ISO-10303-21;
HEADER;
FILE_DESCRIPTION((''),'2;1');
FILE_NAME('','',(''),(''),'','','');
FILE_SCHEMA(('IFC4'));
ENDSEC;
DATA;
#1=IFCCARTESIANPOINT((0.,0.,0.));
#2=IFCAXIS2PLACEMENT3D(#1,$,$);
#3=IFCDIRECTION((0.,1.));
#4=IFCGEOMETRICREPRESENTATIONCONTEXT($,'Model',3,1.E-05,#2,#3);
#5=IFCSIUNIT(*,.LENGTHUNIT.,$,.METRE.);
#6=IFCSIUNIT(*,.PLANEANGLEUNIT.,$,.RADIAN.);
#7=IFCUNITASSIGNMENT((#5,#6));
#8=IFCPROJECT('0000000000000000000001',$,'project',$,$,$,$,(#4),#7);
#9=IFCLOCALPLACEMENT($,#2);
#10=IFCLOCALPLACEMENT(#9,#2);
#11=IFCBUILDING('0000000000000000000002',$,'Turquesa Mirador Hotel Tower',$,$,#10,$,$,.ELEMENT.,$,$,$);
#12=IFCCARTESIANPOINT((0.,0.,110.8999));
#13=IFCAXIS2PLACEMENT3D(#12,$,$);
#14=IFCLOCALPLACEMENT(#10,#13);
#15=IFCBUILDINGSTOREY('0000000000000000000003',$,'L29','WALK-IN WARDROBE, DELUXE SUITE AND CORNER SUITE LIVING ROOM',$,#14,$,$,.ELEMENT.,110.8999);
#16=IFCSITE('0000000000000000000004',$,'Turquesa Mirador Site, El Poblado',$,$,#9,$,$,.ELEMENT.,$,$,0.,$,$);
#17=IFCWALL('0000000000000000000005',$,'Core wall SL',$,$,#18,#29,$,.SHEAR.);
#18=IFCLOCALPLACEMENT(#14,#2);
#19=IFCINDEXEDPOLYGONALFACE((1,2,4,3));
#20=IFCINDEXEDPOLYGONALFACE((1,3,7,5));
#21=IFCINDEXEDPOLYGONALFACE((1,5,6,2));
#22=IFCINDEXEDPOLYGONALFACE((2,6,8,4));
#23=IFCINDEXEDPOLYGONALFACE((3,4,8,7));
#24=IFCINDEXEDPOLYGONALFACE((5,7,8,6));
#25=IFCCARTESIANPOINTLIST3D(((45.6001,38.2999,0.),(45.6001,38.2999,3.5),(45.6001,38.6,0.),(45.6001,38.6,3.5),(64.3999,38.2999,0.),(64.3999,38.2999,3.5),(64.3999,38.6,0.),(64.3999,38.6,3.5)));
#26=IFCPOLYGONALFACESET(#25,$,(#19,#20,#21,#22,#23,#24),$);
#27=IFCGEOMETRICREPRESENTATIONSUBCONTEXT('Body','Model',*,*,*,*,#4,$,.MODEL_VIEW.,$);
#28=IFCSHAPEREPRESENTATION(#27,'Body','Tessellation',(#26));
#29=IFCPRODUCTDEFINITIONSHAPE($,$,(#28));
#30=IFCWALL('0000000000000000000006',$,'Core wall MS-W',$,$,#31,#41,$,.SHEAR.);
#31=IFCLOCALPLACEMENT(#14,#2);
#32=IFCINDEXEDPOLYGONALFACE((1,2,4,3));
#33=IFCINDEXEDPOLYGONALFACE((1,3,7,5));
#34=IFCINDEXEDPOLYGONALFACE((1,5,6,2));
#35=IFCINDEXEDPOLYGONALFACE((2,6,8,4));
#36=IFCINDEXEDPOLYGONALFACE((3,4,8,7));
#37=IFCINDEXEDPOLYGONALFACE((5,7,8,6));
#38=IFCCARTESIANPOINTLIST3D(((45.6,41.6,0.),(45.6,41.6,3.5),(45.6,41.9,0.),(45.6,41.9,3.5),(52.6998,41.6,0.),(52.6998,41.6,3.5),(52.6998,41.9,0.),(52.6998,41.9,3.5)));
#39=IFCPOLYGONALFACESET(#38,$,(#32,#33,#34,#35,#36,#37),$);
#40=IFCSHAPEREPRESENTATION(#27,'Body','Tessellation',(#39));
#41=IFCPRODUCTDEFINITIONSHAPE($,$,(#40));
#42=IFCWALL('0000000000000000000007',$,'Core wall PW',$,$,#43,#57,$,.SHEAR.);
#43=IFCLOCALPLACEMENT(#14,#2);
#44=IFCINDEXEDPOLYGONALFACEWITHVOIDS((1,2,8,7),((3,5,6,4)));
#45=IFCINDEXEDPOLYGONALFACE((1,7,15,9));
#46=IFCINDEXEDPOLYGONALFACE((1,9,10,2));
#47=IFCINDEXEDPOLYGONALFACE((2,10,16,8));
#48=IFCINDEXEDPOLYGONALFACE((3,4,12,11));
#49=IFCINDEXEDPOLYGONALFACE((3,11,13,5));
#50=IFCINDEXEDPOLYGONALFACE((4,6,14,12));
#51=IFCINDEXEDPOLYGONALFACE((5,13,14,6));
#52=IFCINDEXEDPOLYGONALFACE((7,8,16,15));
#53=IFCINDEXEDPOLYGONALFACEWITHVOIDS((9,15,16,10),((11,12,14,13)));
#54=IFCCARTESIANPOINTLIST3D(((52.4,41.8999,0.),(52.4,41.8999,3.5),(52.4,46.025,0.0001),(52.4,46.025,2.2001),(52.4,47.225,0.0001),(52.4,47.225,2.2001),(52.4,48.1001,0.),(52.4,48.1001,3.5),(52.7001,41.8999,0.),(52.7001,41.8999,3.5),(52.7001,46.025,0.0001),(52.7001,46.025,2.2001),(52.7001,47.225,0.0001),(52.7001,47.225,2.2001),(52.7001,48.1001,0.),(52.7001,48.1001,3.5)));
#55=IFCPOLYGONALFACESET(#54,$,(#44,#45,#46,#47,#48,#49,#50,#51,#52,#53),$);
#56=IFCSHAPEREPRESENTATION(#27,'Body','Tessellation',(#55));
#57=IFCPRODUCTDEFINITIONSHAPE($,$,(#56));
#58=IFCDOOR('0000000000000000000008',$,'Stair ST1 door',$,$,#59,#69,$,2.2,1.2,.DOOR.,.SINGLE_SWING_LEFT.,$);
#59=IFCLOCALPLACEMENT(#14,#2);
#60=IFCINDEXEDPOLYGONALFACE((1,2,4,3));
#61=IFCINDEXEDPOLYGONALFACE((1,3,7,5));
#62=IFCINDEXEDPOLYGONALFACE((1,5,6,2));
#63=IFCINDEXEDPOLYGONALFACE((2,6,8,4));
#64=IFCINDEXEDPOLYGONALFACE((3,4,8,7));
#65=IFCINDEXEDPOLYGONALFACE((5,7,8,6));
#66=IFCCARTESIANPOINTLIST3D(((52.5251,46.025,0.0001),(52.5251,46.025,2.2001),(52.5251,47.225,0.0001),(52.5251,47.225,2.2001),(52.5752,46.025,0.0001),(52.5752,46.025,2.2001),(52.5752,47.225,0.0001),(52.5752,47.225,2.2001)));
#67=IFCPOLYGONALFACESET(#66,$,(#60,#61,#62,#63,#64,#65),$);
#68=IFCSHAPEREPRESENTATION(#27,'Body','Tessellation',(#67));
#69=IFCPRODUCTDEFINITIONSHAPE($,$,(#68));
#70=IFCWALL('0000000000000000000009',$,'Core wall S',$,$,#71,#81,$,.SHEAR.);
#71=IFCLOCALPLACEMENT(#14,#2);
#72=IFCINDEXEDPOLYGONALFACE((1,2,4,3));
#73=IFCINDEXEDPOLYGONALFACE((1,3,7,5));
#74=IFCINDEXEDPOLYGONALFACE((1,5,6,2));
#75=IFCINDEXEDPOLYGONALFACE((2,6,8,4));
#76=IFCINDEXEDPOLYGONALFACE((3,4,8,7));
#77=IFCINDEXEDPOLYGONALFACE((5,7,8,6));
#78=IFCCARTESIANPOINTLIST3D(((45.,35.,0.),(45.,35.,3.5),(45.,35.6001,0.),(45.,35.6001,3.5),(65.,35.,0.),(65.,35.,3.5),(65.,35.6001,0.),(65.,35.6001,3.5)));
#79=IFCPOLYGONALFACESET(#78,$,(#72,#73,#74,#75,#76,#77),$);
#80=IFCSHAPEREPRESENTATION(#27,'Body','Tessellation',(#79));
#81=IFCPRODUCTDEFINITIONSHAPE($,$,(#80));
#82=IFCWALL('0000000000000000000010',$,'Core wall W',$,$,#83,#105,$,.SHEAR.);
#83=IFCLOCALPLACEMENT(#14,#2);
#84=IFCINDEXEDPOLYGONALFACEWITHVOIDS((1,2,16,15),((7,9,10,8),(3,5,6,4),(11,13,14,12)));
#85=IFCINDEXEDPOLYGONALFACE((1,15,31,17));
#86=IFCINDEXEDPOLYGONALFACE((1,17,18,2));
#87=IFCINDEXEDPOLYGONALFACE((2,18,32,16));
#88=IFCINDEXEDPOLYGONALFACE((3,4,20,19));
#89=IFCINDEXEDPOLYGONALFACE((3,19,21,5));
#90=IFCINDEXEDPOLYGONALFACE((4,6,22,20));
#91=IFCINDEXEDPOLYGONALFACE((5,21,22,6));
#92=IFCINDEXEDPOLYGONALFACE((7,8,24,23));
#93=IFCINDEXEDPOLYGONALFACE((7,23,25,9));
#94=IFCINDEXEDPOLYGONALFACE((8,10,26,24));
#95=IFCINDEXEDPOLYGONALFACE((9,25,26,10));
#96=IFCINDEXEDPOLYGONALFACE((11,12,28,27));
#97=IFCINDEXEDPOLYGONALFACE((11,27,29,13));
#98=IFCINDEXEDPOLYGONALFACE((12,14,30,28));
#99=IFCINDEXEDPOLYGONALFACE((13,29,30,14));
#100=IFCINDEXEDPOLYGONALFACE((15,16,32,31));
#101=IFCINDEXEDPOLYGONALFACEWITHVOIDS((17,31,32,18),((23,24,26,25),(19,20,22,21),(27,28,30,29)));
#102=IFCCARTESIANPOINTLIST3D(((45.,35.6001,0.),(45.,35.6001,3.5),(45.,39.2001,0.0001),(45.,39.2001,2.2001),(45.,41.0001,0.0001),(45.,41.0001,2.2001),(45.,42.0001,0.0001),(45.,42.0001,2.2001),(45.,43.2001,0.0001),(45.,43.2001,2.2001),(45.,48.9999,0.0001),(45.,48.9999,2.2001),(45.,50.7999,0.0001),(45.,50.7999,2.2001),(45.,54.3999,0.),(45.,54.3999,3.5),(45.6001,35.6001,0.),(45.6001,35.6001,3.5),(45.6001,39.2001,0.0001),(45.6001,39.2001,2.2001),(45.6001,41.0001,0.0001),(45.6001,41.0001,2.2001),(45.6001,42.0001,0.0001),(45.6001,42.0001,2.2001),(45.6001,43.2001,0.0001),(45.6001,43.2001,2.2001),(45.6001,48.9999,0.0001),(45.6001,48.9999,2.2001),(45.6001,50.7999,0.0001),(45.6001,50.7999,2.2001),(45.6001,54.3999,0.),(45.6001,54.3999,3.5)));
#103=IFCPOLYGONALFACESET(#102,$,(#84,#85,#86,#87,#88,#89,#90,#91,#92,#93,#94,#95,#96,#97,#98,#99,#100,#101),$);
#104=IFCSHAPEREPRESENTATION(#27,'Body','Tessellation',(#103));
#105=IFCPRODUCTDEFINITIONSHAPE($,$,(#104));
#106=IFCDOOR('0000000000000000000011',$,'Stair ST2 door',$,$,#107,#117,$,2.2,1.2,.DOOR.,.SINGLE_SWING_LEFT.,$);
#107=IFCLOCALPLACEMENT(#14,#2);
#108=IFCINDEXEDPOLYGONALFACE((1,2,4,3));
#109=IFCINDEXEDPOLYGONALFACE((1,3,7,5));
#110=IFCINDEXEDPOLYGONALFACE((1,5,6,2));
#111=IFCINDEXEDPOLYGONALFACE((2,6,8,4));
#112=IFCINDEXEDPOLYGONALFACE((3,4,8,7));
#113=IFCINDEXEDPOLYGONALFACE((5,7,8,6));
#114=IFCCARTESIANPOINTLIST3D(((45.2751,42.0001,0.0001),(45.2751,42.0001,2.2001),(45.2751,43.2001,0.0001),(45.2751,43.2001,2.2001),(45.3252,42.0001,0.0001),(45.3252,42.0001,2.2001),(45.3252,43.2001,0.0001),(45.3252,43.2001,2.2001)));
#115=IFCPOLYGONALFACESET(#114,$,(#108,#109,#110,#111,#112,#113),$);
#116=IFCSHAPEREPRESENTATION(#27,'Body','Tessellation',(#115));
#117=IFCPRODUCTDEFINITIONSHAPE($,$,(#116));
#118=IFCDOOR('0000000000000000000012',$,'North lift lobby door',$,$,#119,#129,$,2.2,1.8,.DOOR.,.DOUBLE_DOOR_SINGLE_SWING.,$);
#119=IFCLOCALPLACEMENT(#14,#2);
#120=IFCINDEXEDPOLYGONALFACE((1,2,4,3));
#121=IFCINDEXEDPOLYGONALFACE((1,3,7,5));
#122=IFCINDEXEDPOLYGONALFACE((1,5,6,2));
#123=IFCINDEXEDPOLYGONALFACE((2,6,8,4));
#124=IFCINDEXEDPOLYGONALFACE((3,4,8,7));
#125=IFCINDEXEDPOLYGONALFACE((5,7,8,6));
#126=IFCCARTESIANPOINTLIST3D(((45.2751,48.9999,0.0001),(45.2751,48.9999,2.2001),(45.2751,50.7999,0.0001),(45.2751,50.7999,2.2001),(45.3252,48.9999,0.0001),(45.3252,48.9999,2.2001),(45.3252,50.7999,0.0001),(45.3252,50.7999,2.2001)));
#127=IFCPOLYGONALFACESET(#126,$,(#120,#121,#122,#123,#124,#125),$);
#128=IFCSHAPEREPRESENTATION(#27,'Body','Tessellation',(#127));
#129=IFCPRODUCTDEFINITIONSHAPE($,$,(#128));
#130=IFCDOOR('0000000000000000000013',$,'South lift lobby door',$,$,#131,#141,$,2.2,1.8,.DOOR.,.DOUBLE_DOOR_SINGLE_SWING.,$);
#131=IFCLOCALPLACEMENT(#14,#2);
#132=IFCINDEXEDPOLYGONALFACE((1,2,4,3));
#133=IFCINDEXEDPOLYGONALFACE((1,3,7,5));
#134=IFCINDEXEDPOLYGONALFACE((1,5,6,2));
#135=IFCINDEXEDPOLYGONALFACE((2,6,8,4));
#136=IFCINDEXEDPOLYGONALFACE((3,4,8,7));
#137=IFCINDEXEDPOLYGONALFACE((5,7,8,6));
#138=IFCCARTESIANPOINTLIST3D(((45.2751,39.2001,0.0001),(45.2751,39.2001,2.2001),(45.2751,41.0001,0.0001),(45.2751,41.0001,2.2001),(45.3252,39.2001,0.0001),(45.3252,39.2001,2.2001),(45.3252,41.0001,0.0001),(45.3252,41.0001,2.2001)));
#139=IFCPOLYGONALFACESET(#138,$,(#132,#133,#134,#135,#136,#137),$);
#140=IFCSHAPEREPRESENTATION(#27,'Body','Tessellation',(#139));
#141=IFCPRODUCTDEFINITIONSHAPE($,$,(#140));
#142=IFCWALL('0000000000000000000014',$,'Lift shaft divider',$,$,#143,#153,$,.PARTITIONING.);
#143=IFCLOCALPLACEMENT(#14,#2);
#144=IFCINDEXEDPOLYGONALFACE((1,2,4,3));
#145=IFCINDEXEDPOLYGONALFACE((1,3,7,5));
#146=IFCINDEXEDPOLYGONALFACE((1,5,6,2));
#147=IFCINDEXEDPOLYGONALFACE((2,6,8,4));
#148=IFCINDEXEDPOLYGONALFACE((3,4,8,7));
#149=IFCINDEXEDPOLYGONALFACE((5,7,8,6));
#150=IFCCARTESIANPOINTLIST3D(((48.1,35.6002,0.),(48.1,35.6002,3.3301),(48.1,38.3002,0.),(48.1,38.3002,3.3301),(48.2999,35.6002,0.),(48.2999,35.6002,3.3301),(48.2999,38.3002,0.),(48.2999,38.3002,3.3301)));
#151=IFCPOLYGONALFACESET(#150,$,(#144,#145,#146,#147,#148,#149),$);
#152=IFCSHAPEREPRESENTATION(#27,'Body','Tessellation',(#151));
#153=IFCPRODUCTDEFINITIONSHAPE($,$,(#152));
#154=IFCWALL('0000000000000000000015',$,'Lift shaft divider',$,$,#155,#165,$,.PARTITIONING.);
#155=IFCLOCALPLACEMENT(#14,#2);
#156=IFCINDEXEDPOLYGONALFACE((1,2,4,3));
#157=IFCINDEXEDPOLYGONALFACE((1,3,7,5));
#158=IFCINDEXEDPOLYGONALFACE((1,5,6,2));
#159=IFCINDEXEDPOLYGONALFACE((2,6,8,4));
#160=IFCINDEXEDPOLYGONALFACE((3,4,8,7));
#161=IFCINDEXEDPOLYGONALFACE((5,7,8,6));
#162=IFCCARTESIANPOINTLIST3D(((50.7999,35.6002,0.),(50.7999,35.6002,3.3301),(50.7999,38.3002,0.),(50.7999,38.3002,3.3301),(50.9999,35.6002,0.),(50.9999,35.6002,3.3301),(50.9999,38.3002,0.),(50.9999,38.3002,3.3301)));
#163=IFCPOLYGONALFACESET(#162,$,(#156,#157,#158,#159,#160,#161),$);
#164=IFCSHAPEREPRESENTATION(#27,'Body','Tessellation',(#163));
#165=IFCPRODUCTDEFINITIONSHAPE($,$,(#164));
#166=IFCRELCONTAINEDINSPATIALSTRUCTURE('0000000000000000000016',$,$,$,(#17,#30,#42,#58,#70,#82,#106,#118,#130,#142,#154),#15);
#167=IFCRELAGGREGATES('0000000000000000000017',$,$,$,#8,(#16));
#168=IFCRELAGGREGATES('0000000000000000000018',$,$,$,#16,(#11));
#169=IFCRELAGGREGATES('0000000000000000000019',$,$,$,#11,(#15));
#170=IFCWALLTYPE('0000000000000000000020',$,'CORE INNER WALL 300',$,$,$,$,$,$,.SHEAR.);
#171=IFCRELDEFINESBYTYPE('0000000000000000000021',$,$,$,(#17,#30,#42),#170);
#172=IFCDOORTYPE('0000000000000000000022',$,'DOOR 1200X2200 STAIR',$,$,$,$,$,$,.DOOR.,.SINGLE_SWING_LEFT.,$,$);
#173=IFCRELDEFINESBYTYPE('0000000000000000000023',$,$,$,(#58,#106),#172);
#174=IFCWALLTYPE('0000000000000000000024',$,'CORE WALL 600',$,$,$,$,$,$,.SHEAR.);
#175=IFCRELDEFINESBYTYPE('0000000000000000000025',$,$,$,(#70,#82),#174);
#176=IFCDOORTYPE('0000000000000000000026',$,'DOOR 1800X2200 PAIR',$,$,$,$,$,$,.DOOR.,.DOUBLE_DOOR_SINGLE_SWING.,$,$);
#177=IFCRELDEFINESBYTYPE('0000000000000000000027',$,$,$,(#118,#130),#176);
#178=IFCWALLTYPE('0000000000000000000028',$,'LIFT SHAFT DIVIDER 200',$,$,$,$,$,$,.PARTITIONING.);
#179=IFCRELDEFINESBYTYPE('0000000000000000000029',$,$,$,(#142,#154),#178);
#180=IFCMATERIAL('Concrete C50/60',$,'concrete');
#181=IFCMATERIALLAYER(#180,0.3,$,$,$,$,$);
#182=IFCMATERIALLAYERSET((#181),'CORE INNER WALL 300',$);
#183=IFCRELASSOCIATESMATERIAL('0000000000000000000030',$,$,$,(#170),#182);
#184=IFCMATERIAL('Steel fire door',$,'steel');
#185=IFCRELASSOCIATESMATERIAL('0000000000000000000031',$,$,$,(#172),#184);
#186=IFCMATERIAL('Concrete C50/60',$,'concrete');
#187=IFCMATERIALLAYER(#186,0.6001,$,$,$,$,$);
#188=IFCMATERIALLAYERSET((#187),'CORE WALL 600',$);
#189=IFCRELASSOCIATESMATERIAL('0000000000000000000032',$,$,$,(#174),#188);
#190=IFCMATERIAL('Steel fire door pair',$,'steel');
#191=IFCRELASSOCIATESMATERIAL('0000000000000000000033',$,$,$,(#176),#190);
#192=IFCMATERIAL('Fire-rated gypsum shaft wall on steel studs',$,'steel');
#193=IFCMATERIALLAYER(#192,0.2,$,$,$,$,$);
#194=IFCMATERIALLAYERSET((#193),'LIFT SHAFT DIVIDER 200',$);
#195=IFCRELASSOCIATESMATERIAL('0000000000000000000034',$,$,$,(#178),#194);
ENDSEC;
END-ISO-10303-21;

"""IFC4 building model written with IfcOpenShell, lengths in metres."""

from ifc_helpers import new_model, si_unit, direction, frame, frame_2d, origin, place, context, subcontext, project, spatial, rectangle, extrude, material, layer, layer_set, type_object, element, fill, save


model = new_model("IFC4")

# Units and contexts
model_context = context("Model", 3, precision=1e-05, world=origin(), true_north=direction((0.0, 1.0)))
body_context = subcontext(model_context, "Body", "Model", "MODEL_VIEW")
ifc_project = project(units=[si_unit("LENGTHUNIT", "METRE"), si_unit("PLANEANGLEUNIT", "RADIAN")], contexts=[model_context])

# Site, building, storey
site_placement = place(None, origin())
site = spatial("IfcSite", under=ifc_project, at=site_placement, Name="Turquesa Mirador Site, El Poblado", CompositionType="ELEMENT", RefElevation=0.0)
building_placement = place(site_placement, origin())
building = spatial("IfcBuilding", under=site, at=building_placement, Name="Turquesa Mirador Hotel Tower", CompositionType="ELEMENT")
storey_placement = place(building_placement, frame((0.0, 0.0, 110.8999)))
storey = spatial("IfcBuildingStorey", under=building, at=storey_placement, Name="L29", Description="WALK-IN WARDROBE, DELUXE SUITE AND CORNER SUITE LIVING ROOM", CompositionType="ELEMENT", Elevation=110.8999)

# Walls
ifc_material_1 = material(Name="Concrete C50/60", Category="concrete")
ifc_layer_1 = layer(ifc_material_1, 0.3)
ifc_layer_set_1 = layer_set([ifc_layer_1], Name="CORE INNER WALL 300")
wall_type_1 = type_object("IfcWallType", Name="CORE INNER WALL 300", PredefinedType="SHEAR", material=ifc_layer_set_1)
wall_1_placement = place(storey_placement, frame((45.6001, 38.45, 0.0), z_axis=(0.0, 0.0, 1.0), x_axis=(1.0, 0.0, 0.0)))
element("IfcWall", 1, at=wall_1_placement, inside=storey, type_object=wall_type_1, Name="Core wall SL", PredefinedType="SHEAR", context=body_context, shape_type="SweptSolid", body=[
    extrude(rectangle(XDim=18.7998, YDim=0.3, at=frame_2d((9.3999, 0.0))), origin(), (0.0, 0.0, 1.0), 3.5),
])
wall_2_placement = place(storey_placement, frame((45.6001, 41.75, 0.0), z_axis=(0.0, 0.0, 1.0), x_axis=(1.0, 0.0, 0.0)))
element("IfcWall", 2, at=wall_2_placement, inside=storey, type_object=wall_type_1, Name="Core wall MS-W", PredefinedType="SHEAR", context=body_context, shape_type="SweptSolid", body=[
    extrude(rectangle(XDim=7.0999, YDim=0.3, at=frame_2d((3.5498, 0.0))), origin(), (0.0, 0.0, 1.0), 3.5),
])

# Wall, opening, door
wall_3_placement = place(storey_placement, frame((52.55, 41.8999, 0.0), z_axis=(0.0, 0.0, 1.0), x_axis=(0.0, 1.0, 0.0)))
wall_3 = element("IfcWall", 3, at=wall_3_placement, inside=storey, type_object=wall_type_1, Name="Core wall PW", PredefinedType="SHEAR", context=body_context, shape_type="SweptSolid", body=[
    extrude(rectangle(XDim=6.2002, YDim=0.3, at=frame_2d((3.1001, 0.0))), origin(), (0.0, 0.0, 1.0), 3.5),
])
opening_1_placement = place(wall_3_placement, frame((4.125, 0.0, 0.0)))
opening_1 = element("IfcOpeningElement", 4, at=opening_1_placement, cuts=wall_3, PredefinedType="OPENING", context=body_context, shape_type="SweptSolid", body=[
    extrude(rectangle(XDim=1.2, YDim=2.2, at=frame_2d((0.6001, 1.1001))), frame((0.0, 0.1599, 0.0), z_axis=(0.0, -1.0, 0.0), x_axis=(1.0, 0.0, 0.0)), (0.0, 0.0, 1.0), 0.3201),
])
ifc_material_2 = material(Name="Steel fire door", Category="steel")
door_type_1 = type_object("IfcDoorType", Name="DOOR 1200X2200 STAIR", OperationType="SINGLE_SWING_LEFT", PredefinedType="DOOR", material=ifc_material_2)
door_1_placement = place(opening_1_placement, origin())
door_1 = element("IfcDoor", 5, at=door_1_placement, inside=storey, type_object=door_type_1, Name="Stair ST1 door", OperationType="SINGLE_SWING_LEFT", OverallHeight=2.2, OverallWidth=1.2, PredefinedType="DOOR", context=body_context, shape_type="SweptSolid", body=[
    extrude(rectangle(XDim=1.2, YDim=2.2, at=frame_2d((0.6001, 1.1001))), frame((0.0, 0.0249, 0.0), z_axis=(0.0, -1.0, 0.0), x_axis=(1.0, 0.0, 0.0)), (0.0, 0.0, 1.0), 0.05),
])
fill(opening_1, door_1)

# Wall
ifc_material_3 = material(Name="Concrete C50/60", Category="concrete")
ifc_layer_2 = layer(ifc_material_3, 0.6001)
ifc_layer_set_2 = layer_set([ifc_layer_2], Name="CORE WALL 600")
wall_type_2 = type_object("IfcWallType", Name="CORE WALL 600", PredefinedType="SHEAR", material=ifc_layer_set_2)
wall_4_placement = place(storey_placement, frame((45.0, 35.3, 0.0), z_axis=(0.0, 0.0, 1.0), x_axis=(1.0, 0.0, 0.0)))
element("IfcWall", 6, at=wall_4_placement, inside=storey, type_object=wall_type_2, Name="Core wall S", PredefinedType="SHEAR", context=body_context, shape_type="SweptSolid", body=[
    extrude(rectangle(XDim=20.0, YDim=0.6001, at=frame_2d((10.0, 0.0))), origin(), (0.0, 0.0, 1.0), 3.5),
])

# Wall, openings, doors
wall_5_placement = place(storey_placement, frame((45.3, 35.6001, 0.0), z_axis=(0.0, 0.0, 1.0), x_axis=(0.0, 1.0, 0.0)))
wall_5 = element("IfcWall", 7, at=wall_5_placement, inside=storey, type_object=wall_type_2, Name="Core wall W", PredefinedType="SHEAR", context=body_context, shape_type="SweptSolid", body=[
    extrude(rectangle(XDim=18.7998, YDim=0.6001, at=frame_2d((9.3999, 0.0))), origin(), (0.0, 0.0, 1.0), 3.5),
])
opening_2_placement = place(wall_5_placement, frame((13.3999, 0.0, 0.0)))
opening_2 = element("IfcOpeningElement", 8, at=opening_2_placement, cuts=wall_5, PredefinedType="OPENING", context=body_context, shape_type="SweptSolid", body=[
    extrude(rectangle(XDim=1.8, YDim=2.2, at=frame_2d((0.8999, 1.1001))), frame((0.0, 0.3101, 0.0), z_axis=(0.0, -1.0, 0.0), x_axis=(1.0, 0.0, 0.0)), (0.0, 0.0, 1.0), 0.6201),
])
opening_3_placement = place(wall_5_placement, frame((3.6001, 0.0, 0.0)))
opening_3 = element("IfcOpeningElement", 9, at=opening_3_placement, cuts=wall_5, PredefinedType="OPENING", context=body_context, shape_type="SweptSolid", body=[
    extrude(rectangle(XDim=1.8, YDim=2.2, at=frame_2d((0.8999, 1.1001))), frame((0.0, 0.3101, 0.0), z_axis=(0.0, -1.0, 0.0), x_axis=(1.0, 0.0, 0.0)), (0.0, 0.0, 1.0), 0.6201),
])
opening_4_placement = place(wall_5_placement, frame((6.3999, 0.0, 0.0)))
opening_4 = element("IfcOpeningElement", 10, at=opening_4_placement, cuts=wall_5, PredefinedType="OPENING", context=body_context, shape_type="SweptSolid", body=[
    extrude(rectangle(XDim=1.2, YDim=2.2, at=frame_2d((0.6001, 1.1001))), frame((0.0, 0.3101, 0.0), z_axis=(0.0, -1.0, 0.0), x_axis=(1.0, 0.0, 0.0)), (0.0, 0.0, 1.0), 0.6201),
])
door_2_placement = place(opening_4_placement, origin())
door_2 = element("IfcDoor", 11, at=door_2_placement, inside=storey, type_object=door_type_1, Name="Stair ST2 door", OperationType="SINGLE_SWING_LEFT", OverallHeight=2.2, OverallWidth=1.2, PredefinedType="DOOR", context=body_context, shape_type="SweptSolid", body=[
    extrude(rectangle(XDim=1.2, YDim=2.2, at=frame_2d((0.6001, 1.1001))), frame((0.0, 0.0249, 0.0), z_axis=(0.0, -1.0, 0.0), x_axis=(1.0, 0.0, 0.0)), (0.0, 0.0, 1.0), 0.05),
])
fill(opening_4, door_2)
ifc_material_4 = material(Name="Steel fire door pair", Category="steel")
door_type_2 = type_object("IfcDoorType", Name="DOOR 1800X2200 PAIR", OperationType="DOUBLE_DOOR_SINGLE_SWING", PredefinedType="DOOR", material=ifc_material_4)
door_3_placement = place(opening_2_placement, origin())
door_3 = element("IfcDoor", 12, at=door_3_placement, inside=storey, type_object=door_type_2, Name="North lift lobby door", OperationType="DOUBLE_DOOR_SINGLE_SWING", OverallHeight=2.2, OverallWidth=1.8, PredefinedType="DOOR", context=body_context, shape_type="SweptSolid", body=[
    extrude(rectangle(XDim=1.8, YDim=2.2, at=frame_2d((0.8999, 1.1001))), frame((0.0, 0.0249, 0.0), z_axis=(0.0, -1.0, 0.0), x_axis=(1.0, 0.0, 0.0)), (0.0, 0.0, 1.0), 0.05),
])
fill(opening_2, door_3)
door_4_placement = place(opening_3_placement, origin())
door_4 = element("IfcDoor", 13, at=door_4_placement, inside=storey, type_object=door_type_2, Name="South lift lobby door", OperationType="DOUBLE_DOOR_SINGLE_SWING", OverallHeight=2.2, OverallWidth=1.8, PredefinedType="DOOR", context=body_context, shape_type="SweptSolid", body=[
    extrude(rectangle(XDim=1.8, YDim=2.2, at=frame_2d((0.8999, 1.1001))), frame((0.0, 0.0249, 0.0), z_axis=(0.0, -1.0, 0.0), x_axis=(1.0, 0.0, 0.0)), (0.0, 0.0, 1.0), 0.05),
])
fill(opening_3, door_4)

# Walls
ifc_material_5 = material(Name="Fire-rated gypsum shaft wall on steel studs", Category="steel")
ifc_layer_3 = layer(ifc_material_5, 0.2)
ifc_layer_set_3 = layer_set([ifc_layer_3], Name="LIFT SHAFT DIVIDER 200")
wall_type_3 = type_object("IfcWallType", Name="LIFT SHAFT DIVIDER 200", PredefinedType="PARTITIONING", material=ifc_layer_set_3)
for number, where, z_axis, x_axis, name in (
    (14, (48.2, 35.6001, 0.0), (0.0, 0.0, 1.0), (0.0, 1.0, 0.0), "Lift shaft divider"),
    (15, (50.8999, 35.6001, 0.0), (0.0, 0.0, 1.0), (0.0, 1.0, 0.0), "Lift shaft divider"),
):
    element("IfcWall", number, at=place(storey_placement, frame(where, z_axis=z_axis, x_axis=x_axis)), inside=storey, type_object=wall_type_3, Name=name, PredefinedType="PARTITIONING", context=body_context, shape_type="SweptSolid", body=[
        extrude(rectangle(XDim=2.7, YDim=0.2, at=frame_2d((1.3501, 0.0))), origin(), (0.0, 0.0, 1.0), 3.3301),
    ])

save(model, "model.ifc")
